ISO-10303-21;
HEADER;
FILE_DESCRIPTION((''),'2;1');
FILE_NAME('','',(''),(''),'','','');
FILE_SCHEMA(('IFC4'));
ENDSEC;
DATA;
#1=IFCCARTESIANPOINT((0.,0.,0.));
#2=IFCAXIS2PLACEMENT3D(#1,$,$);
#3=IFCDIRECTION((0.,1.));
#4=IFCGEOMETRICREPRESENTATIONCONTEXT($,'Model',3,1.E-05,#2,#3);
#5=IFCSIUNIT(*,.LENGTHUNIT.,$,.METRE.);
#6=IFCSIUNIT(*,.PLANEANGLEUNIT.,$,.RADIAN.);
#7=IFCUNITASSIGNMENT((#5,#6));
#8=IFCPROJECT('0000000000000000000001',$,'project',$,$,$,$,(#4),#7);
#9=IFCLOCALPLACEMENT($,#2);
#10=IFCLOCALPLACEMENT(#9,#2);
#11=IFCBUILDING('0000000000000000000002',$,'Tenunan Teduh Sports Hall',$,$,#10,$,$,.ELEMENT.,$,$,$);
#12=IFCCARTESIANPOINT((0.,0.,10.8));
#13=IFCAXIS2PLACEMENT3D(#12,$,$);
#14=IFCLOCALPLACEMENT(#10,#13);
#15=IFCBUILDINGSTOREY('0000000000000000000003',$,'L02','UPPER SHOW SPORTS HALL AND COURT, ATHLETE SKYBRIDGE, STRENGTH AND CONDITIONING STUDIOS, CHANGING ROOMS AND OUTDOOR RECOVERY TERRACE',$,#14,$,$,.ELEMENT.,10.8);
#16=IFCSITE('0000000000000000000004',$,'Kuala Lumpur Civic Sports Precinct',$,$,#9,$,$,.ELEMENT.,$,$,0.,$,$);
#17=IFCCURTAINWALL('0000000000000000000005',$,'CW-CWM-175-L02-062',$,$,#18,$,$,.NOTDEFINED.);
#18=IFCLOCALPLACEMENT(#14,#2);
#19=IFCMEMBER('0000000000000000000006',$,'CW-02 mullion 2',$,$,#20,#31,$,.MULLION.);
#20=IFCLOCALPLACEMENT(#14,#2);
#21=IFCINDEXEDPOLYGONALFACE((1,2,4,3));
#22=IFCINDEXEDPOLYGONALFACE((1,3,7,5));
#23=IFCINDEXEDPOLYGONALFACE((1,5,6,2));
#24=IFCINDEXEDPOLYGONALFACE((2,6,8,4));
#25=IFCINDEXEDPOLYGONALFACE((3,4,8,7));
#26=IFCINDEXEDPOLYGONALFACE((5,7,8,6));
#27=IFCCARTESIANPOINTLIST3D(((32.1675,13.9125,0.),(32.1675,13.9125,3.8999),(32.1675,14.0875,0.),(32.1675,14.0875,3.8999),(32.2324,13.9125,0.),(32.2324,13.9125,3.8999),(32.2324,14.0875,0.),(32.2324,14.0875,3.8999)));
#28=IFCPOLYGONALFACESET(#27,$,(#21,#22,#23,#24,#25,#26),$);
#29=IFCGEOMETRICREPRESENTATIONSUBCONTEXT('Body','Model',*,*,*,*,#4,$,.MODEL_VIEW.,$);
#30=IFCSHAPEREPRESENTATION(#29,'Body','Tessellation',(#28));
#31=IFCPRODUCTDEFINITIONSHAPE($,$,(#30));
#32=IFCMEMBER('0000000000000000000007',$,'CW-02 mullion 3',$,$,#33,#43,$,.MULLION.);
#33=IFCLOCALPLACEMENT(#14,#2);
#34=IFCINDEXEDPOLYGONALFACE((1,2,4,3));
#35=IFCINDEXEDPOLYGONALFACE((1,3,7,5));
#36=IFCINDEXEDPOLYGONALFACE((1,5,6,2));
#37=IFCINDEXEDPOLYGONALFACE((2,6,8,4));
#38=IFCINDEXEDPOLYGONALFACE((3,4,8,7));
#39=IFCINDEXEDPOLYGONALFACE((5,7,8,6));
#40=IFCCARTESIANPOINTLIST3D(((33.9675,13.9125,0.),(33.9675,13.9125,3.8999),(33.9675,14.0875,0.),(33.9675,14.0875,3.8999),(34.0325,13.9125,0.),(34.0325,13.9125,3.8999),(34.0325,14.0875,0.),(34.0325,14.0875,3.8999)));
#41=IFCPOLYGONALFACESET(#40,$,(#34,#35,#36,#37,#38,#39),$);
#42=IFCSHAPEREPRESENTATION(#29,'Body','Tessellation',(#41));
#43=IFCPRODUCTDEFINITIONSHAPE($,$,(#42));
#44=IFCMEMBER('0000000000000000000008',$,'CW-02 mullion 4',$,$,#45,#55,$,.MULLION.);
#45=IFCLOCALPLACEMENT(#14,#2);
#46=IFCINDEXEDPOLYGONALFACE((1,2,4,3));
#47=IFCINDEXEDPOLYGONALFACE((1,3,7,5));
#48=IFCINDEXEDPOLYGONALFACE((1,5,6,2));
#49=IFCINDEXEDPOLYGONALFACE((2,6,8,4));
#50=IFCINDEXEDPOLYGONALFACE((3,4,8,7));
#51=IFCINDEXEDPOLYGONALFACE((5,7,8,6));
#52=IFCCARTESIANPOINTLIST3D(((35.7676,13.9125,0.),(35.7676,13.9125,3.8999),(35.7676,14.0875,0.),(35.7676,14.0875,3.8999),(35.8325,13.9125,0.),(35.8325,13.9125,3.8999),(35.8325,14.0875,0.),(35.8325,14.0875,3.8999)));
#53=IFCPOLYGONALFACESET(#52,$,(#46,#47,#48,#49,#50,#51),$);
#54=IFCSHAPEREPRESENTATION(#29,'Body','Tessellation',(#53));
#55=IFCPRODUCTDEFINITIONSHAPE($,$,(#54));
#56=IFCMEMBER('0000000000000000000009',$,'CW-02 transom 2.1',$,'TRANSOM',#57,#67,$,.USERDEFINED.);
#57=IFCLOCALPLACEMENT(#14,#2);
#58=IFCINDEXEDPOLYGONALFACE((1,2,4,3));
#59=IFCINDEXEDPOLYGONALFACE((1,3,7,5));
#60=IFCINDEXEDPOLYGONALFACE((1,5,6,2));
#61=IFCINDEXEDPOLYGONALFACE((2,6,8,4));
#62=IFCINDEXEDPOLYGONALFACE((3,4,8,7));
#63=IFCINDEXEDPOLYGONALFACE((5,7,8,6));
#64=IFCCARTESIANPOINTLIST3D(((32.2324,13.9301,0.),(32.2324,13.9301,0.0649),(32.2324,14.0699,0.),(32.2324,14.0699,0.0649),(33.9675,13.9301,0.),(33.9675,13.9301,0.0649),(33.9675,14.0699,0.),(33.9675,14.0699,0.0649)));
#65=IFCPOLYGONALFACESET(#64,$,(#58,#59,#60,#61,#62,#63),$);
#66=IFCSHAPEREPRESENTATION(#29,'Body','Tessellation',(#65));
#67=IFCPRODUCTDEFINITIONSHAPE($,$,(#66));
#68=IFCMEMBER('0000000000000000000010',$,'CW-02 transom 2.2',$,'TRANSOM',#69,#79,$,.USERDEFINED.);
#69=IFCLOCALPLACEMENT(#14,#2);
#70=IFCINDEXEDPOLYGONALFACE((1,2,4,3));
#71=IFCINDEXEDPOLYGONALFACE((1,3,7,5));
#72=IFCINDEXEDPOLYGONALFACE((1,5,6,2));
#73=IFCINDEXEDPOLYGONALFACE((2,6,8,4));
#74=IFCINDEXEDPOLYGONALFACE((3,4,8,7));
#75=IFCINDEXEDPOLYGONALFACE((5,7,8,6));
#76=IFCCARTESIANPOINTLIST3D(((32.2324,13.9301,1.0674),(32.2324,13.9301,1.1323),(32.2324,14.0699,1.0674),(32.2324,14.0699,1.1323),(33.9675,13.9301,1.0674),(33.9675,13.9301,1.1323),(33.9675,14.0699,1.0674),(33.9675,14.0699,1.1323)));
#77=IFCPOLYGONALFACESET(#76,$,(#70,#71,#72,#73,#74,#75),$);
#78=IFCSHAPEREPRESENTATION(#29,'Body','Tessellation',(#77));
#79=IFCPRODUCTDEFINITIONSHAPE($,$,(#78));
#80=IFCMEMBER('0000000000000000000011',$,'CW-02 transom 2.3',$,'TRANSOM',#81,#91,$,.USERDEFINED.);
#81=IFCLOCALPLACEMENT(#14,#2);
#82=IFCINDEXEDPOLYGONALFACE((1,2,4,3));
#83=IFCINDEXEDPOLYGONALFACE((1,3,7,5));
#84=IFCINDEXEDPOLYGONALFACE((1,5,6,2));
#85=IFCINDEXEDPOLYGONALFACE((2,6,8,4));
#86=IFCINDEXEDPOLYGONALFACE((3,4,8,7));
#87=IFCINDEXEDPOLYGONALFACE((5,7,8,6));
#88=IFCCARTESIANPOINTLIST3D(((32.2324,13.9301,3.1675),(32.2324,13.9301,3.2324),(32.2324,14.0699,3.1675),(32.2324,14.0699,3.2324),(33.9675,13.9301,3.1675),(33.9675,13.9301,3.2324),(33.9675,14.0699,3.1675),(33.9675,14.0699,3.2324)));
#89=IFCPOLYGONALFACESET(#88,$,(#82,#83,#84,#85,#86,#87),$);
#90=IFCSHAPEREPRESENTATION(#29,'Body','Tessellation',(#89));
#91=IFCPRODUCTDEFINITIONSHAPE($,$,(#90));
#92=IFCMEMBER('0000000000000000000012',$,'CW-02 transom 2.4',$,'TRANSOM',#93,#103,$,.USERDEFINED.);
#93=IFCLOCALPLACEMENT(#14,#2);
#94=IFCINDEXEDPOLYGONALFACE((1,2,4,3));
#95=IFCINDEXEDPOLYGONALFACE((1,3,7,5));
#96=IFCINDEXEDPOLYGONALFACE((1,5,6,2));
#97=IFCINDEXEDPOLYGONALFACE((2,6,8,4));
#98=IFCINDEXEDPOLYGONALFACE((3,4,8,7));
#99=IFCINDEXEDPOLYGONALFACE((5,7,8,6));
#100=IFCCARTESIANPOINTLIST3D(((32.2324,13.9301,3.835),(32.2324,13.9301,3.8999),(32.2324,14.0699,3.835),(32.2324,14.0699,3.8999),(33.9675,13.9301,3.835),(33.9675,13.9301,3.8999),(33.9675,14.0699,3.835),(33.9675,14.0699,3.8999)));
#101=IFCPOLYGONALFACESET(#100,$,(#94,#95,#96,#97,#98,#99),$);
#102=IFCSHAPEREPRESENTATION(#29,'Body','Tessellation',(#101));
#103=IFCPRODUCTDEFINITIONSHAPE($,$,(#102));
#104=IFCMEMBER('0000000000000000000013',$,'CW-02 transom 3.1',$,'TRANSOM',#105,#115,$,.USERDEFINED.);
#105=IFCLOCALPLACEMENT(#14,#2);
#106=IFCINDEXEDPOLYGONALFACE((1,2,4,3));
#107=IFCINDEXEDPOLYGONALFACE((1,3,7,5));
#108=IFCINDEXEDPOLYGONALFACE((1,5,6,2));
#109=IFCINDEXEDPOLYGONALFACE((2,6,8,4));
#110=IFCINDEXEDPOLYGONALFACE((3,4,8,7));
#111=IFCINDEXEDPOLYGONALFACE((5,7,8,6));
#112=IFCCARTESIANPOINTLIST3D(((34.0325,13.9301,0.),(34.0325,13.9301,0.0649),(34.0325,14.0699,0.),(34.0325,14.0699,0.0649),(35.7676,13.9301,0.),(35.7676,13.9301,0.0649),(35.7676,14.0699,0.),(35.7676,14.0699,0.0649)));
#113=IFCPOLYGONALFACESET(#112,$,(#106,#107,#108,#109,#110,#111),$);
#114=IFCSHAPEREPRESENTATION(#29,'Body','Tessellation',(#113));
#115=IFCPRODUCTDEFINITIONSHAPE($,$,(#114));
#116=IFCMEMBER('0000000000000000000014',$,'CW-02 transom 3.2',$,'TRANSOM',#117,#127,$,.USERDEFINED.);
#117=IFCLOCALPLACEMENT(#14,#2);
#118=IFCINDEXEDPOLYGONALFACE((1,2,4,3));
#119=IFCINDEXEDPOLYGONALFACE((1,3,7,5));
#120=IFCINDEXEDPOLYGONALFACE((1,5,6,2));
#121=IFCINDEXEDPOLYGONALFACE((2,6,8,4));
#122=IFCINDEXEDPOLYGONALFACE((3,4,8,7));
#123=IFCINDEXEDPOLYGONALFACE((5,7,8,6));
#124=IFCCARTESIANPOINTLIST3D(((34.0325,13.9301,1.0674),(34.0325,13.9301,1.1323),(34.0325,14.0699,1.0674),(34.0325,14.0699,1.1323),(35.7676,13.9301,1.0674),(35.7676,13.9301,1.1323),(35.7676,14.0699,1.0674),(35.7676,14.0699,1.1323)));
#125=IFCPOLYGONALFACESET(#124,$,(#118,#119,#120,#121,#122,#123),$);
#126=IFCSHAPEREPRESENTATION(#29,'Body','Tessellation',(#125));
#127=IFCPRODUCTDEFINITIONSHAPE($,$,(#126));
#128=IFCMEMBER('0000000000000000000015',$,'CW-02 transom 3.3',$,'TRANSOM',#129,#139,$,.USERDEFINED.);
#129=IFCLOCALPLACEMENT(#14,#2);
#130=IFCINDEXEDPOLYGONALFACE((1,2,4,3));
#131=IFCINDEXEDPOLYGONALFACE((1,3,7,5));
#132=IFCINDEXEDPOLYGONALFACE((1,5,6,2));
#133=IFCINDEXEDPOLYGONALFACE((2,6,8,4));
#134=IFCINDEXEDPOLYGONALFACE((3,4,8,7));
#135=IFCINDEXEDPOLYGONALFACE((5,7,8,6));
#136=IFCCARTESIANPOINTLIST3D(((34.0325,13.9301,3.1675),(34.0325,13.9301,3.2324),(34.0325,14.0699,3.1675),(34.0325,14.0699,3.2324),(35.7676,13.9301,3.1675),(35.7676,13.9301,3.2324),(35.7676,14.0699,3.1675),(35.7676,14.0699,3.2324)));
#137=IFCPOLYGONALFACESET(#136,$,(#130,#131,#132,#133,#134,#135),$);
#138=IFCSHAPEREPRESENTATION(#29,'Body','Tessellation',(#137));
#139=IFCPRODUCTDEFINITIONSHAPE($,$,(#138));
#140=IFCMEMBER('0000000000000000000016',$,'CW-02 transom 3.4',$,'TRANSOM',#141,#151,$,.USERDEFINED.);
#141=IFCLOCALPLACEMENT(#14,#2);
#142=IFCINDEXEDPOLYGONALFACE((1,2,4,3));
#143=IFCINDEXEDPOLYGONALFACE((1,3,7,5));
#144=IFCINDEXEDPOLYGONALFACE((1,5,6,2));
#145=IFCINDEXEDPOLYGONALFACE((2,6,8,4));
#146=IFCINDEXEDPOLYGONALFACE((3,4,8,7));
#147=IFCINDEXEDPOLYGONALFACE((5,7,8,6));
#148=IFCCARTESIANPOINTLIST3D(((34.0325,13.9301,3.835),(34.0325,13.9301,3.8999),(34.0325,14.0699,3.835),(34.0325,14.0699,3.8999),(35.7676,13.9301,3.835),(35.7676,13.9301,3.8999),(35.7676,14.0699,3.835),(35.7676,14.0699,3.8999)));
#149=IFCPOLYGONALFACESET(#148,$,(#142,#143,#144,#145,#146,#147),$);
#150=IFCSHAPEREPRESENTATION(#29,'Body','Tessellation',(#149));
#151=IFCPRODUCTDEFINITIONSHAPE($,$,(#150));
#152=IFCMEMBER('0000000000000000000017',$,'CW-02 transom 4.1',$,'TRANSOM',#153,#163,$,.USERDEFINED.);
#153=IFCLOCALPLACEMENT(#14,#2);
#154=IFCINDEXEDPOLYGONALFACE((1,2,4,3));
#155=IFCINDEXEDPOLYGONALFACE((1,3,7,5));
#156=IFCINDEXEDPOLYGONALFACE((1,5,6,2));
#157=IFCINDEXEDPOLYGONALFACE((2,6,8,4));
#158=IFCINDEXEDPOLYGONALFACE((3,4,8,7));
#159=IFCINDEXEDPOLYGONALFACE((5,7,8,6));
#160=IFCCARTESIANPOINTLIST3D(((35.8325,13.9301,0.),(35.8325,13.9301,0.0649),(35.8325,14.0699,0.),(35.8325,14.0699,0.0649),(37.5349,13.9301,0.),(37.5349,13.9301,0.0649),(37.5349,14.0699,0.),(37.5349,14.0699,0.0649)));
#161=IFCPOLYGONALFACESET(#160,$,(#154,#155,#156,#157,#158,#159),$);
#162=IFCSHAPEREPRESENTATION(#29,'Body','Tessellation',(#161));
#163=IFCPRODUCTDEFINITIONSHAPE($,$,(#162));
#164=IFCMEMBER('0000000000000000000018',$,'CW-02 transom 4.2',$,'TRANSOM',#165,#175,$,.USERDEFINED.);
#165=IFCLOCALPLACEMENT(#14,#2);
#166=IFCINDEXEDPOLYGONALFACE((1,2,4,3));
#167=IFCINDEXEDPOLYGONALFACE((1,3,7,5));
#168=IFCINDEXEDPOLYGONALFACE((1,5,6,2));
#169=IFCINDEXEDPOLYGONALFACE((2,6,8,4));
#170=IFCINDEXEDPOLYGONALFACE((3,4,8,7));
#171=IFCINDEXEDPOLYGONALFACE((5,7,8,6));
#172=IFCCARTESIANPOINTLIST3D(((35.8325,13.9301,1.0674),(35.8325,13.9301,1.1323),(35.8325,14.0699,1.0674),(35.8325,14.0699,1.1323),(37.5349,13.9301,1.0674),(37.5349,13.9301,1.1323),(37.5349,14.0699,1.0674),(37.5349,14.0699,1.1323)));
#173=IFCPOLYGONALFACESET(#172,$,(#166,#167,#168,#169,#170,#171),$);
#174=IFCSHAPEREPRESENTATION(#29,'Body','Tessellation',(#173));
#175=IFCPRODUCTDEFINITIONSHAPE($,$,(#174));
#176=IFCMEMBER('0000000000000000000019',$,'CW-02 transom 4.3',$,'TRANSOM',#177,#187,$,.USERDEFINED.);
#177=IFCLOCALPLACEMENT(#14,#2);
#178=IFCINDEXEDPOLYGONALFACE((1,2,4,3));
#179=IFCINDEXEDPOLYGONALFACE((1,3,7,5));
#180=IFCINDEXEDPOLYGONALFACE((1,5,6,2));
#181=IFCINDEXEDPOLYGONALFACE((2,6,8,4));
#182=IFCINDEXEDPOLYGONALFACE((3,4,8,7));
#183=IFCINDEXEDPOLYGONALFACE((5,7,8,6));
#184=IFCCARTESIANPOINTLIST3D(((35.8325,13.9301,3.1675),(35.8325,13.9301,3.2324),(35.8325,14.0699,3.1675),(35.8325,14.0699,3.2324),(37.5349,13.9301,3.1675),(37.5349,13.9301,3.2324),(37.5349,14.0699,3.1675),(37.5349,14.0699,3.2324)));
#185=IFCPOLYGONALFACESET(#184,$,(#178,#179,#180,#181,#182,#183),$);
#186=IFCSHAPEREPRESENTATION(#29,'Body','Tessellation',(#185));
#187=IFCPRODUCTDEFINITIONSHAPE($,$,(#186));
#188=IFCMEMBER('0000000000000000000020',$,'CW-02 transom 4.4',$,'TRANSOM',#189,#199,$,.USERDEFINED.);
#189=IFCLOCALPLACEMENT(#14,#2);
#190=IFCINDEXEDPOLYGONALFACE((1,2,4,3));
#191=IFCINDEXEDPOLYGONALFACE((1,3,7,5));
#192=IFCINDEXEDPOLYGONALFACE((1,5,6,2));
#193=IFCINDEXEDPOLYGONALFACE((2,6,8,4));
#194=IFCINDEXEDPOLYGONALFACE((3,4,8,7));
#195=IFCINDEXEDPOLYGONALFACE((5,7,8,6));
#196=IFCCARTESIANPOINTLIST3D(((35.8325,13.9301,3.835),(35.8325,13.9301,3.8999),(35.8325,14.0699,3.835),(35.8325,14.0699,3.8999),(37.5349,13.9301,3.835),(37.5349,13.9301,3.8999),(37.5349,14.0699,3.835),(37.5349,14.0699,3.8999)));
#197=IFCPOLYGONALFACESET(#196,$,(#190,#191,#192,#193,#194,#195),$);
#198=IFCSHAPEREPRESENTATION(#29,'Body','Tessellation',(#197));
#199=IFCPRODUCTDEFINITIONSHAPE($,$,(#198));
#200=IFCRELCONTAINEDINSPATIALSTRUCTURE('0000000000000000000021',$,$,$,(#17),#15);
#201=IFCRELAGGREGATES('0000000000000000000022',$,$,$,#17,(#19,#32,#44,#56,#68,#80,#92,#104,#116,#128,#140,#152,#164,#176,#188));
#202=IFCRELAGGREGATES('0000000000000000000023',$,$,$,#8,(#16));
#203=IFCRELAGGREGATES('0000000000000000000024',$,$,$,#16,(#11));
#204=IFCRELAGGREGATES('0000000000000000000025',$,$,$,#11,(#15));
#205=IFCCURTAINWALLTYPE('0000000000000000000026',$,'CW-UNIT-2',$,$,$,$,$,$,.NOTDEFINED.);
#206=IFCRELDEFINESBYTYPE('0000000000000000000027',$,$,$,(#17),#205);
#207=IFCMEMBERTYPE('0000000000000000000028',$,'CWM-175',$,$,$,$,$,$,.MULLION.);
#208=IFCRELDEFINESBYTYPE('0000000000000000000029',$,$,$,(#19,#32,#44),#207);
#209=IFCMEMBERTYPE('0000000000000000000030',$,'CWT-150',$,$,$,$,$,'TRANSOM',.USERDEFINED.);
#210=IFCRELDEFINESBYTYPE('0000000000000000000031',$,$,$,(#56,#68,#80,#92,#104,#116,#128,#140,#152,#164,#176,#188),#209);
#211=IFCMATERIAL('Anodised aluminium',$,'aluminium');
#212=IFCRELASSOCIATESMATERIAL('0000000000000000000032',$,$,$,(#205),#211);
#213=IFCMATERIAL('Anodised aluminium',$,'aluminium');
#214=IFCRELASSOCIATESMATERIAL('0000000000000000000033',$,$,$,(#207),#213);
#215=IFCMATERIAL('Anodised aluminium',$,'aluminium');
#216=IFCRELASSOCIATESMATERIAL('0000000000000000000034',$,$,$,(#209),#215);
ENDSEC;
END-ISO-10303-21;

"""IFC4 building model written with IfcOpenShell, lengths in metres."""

from ifc_helpers import new_model, si_unit, direction, frame, origin, origin_2d, place, context, subcontext, project, spatial, rectangle, extrude, material, material_profile, profile_set, type_object, element, aggregate, save


model = new_model("IFC4")

# Units and contexts
model_context = context("Model", 3, precision=1e-05, world=origin(), true_north=direction((0.0, 1.0)))
body_context = subcontext(model_context, "Body", "Model", "MODEL_VIEW")
ifc_project = project(units=[si_unit("LENGTHUNIT", "METRE"), si_unit("PLANEANGLEUNIT", "RADIAN")], contexts=[model_context])

# Site, building, storey
site_placement = place(None, origin())
site = spatial("IfcSite", under=ifc_project, at=site_placement, Name="Kuala Lumpur Civic Sports Precinct", CompositionType="ELEMENT", RefElevation=0.0)
building_placement = place(site_placement, origin())
building = spatial("IfcBuilding", under=site, at=building_placement, Name="Tenunan Teduh Sports Hall", CompositionType="ELEMENT")
storey_placement = place(building_placement, frame((0.0, 0.0, 10.8)))
storey = spatial("IfcBuildingStorey", under=building, at=storey_placement, Name="L02", Description="UPPER SHOW SPORTS HALL AND COURT, ATHLETE SKYBRIDGE, STRENGTH AND CONDITIONING STUDIOS, CHANGING ROOMS AND OUTDOOR RECOVERY TERRACE", CompositionType="ELEMENT", Elevation=10.8)

# Curtain wall, members
ifc_material_1 = material(Name="Anodised aluminium", Category="aluminium")
curtain_wall_type = type_object("IfcCurtainWallType", Name="CW-UNIT-2", PredefinedType="NOTDEFINED", material=ifc_material_1)
curtain_wall_placement = place(storey_placement, origin())
curtain_wall = element("IfcCurtainWall", 1, at=curtain_wall_placement, inside=storey, type_object=curtain_wall_type, Name="CW-CWM-175-L02-062", PredefinedType="NOTDEFINED")
ifc_material_2 = material(Name="Anodised aluminium", Category="aluminium")
ifc_material_profile_1 = material_profile(ifc_material_2, rectangle(XDim=0.0649, YDim=0.175, at=origin_2d()), Name="CWM 65x175")
ifc_profile_set_1 = profile_set([ifc_material_profile_1], Name="Anodised aluminium")
member_type_1 = type_object("IfcMemberType", Name="CWM-175", PredefinedType="MULLION", material=ifc_profile_set_1)
member_1_placement = place(storey_placement, frame((32.2, 14.0, 0.0), z_axis=(0.0, 0.0, 1.0), x_axis=(1.0, 0.0, 0.0)))
member_1 = element("IfcMember", 2, at=member_1_placement, type_object=member_type_1, Name="CW-02 mullion 2", PredefinedType="MULLION", context=body_context, shape_type="SweptSolid", body=[
    extrude(rectangle(XDim=0.0649, YDim=0.175, at=origin_2d()), origin(), (0.0, 0.0, 1.0), 3.8999),
])
member_2_placement = place(storey_placement, frame((34.0, 14.0, 0.0), z_axis=(0.0, 0.0, 1.0), x_axis=(1.0, 0.0, 0.0)))
member_2 = element("IfcMember", 3, at=member_2_placement, type_object=member_type_1, Name="CW-02 mullion 3", PredefinedType="MULLION", context=body_context, shape_type="SweptSolid", body=[
    extrude(rectangle(XDim=0.0649, YDim=0.175, at=origin_2d()), origin(), (0.0, 0.0, 1.0), 3.8999),
])
member_3_placement = place(storey_placement, frame((35.8, 14.0, 0.0), z_axis=(0.0, 0.0, 1.0), x_axis=(1.0, 0.0, 0.0)))
member_3 = element("IfcMember", 4, at=member_3_placement, type_object=member_type_1, Name="CW-02 mullion 4", PredefinedType="MULLION", context=body_context, shape_type="SweptSolid", body=[
    extrude(rectangle(XDim=0.0649, YDim=0.175, at=origin_2d()), origin(), (0.0, 0.0, 1.0), 3.8999),
])
ifc_material_3 = material(Name="Anodised aluminium", Category="aluminium")
ifc_material_profile_2 = material_profile(ifc_material_3, rectangle(XDim=0.0649, YDim=0.1399, at=origin_2d()), Name="CWT 65x140")
ifc_profile_set_2 = profile_set([ifc_material_profile_2], Name="Anodised aluminium")
member_type_2 = type_object("IfcMemberType", Name="CWT-150", ElementType="TRANSOM", PredefinedType="USERDEFINED", material=ifc_profile_set_2)
member_4_placement = place(storey_placement, frame((32.2324, 14.0, 0.0325), z_axis=(1.0, 0.0, 0.0), x_axis=(0.0, 0.0, 1.0)))
member_4 = element("IfcMember", 5, at=member_4_placement, type_object=member_type_2, Name="CW-02 transom 2.1", ObjectType="TRANSOM", PredefinedType="USERDEFINED", context=body_context, shape_type="SweptSolid", body=[
    extrude(rectangle(XDim=0.0649, YDim=0.1399, at=origin_2d()), origin(), (0.0, 0.0, 1.0), 1.7351),
])
member_5_placement = place(storey_placement, frame((32.2324, 14.0, 1.0999), z_axis=(1.0, 0.0, 0.0), x_axis=(0.0, 0.0, 1.0)))
member_5 = element("IfcMember", 6, at=member_5_placement, type_object=member_type_2, Name="CW-02 transom 2.2", ObjectType="TRANSOM", PredefinedType="USERDEFINED", context=body_context, shape_type="SweptSolid", body=[
    extrude(rectangle(XDim=0.0649, YDim=0.1399, at=origin_2d()), origin(), (0.0, 0.0, 1.0), 1.7351),
])
member_6_placement = place(storey_placement, frame((32.2324, 14.0, 3.2), z_axis=(1.0, 0.0, 0.0), x_axis=(0.0, 0.0, 1.0)))
member_6 = element("IfcMember", 7, at=member_6_placement, type_object=member_type_2, Name="CW-02 transom 2.3", ObjectType="TRANSOM", PredefinedType="USERDEFINED", context=body_context, shape_type="SweptSolid", body=[
    extrude(rectangle(XDim=0.0649, YDim=0.1399, at=origin_2d()), origin(), (0.0, 0.0, 1.0), 1.7351),
])
member_7_placement = place(storey_placement, frame((32.2324, 14.0, 3.8674), z_axis=(1.0, 0.0, 0.0), x_axis=(0.0, 0.0, 1.0)))
member_7 = element("IfcMember", 8, at=member_7_placement, type_object=member_type_2, Name="CW-02 transom 2.4", ObjectType="TRANSOM", PredefinedType="USERDEFINED", context=body_context, shape_type="SweptSolid", body=[
    extrude(rectangle(XDim=0.0649, YDim=0.1399, at=origin_2d()), origin(), (0.0, 0.0, 1.0), 1.7351),
])
member_8_placement = place(storey_placement, frame((34.0325, 14.0, 0.0325), z_axis=(1.0, 0.0, 0.0), x_axis=(0.0, 0.0, 1.0)))
member_8 = element("IfcMember", 9, at=member_8_placement, type_object=member_type_2, Name="CW-02 transom 3.1", ObjectType="TRANSOM", PredefinedType="USERDEFINED", context=body_context, shape_type="SweptSolid", body=[
    extrude(rectangle(XDim=0.0649, YDim=0.1399, at=origin_2d()), origin(), (0.0, 0.0, 1.0), 1.7351),
])
member_9_placement = place(storey_placement, frame((34.0325, 14.0, 1.0999), z_axis=(1.0, 0.0, 0.0), x_axis=(0.0, 0.0, 1.0)))
member_9 = element("IfcMember", 10, at=member_9_placement, type_object=member_type_2, Name="CW-02 transom 3.2", ObjectType="TRANSOM", PredefinedType="USERDEFINED", context=body_context, shape_type="SweptSolid", body=[
    extrude(rectangle(XDim=0.0649, YDim=0.1399, at=origin_2d()), origin(), (0.0, 0.0, 1.0), 1.7351),
])
member_10_placement = place(storey_placement, frame((34.0325, 14.0, 3.2), z_axis=(1.0, 0.0, 0.0), x_axis=(0.0, 0.0, 1.0)))
member_10 = element("IfcMember", 11, at=member_10_placement, type_object=member_type_2, Name="CW-02 transom 3.3", ObjectType="TRANSOM", PredefinedType="USERDEFINED", context=body_context, shape_type="SweptSolid", body=[
    extrude(rectangle(XDim=0.0649, YDim=0.1399, at=origin_2d()), origin(), (0.0, 0.0, 1.0), 1.7351),
])
member_11_placement = place(storey_placement, frame((34.0325, 14.0, 3.8674), z_axis=(1.0, 0.0, 0.0), x_axis=(0.0, 0.0, 1.0)))
member_11 = element("IfcMember", 12, at=member_11_placement, type_object=member_type_2, Name="CW-02 transom 3.4", ObjectType="TRANSOM", PredefinedType="USERDEFINED", context=body_context, shape_type="SweptSolid", body=[
    extrude(rectangle(XDim=0.0649, YDim=0.1399, at=origin_2d()), origin(), (0.0, 0.0, 1.0), 1.7351),
])
member_12_placement = place(storey_placement, frame((35.8325, 14.0, 0.0325), z_axis=(1.0, 0.0, 0.0), x_axis=(0.0, 0.0, 1.0)))
member_12 = element("IfcMember", 13, at=member_12_placement, type_object=member_type_2, Name="CW-02 transom 4.1", ObjectType="TRANSOM", PredefinedType="USERDEFINED", context=body_context, shape_type="SweptSolid", body=[
    extrude(rectangle(XDim=0.0649, YDim=0.1399, at=origin_2d()), origin(), (0.0, 0.0, 1.0), 1.7024),
])
member_13_placement = place(storey_placement, frame((35.8325, 14.0, 1.0999), z_axis=(1.0, 0.0, 0.0), x_axis=(0.0, 0.0, 1.0)))
member_13 = element("IfcMember", 14, at=member_13_placement, type_object=member_type_2, Name="CW-02 transom 4.2", ObjectType="TRANSOM", PredefinedType="USERDEFINED", context=body_context, shape_type="SweptSolid", body=[
    extrude(rectangle(XDim=0.0649, YDim=0.1399, at=origin_2d()), origin(), (0.0, 0.0, 1.0), 1.7024),
])
member_14_placement = place(storey_placement, frame((35.8325, 14.0, 3.2), z_axis=(1.0, 0.0, 0.0), x_axis=(0.0, 0.0, 1.0)))
member_14 = element("IfcMember", 15, at=member_14_placement, type_object=member_type_2, Name="CW-02 transom 4.3", ObjectType="TRANSOM", PredefinedType="USERDEFINED", context=body_context, shape_type="SweptSolid", body=[
    extrude(rectangle(XDim=0.0649, YDim=0.1399, at=origin_2d()), origin(), (0.0, 0.0, 1.0), 1.7024),
])
member_15_placement = place(storey_placement, frame((35.8325, 14.0, 3.8674), z_axis=(1.0, 0.0, 0.0), x_axis=(0.0, 0.0, 1.0)))
member_15 = element("IfcMember", 16, at=member_15_placement, type_object=member_type_2, Name="CW-02 transom 4.4", ObjectType="TRANSOM", PredefinedType="USERDEFINED", context=body_context, shape_type="SweptSolid", body=[
    extrude(rectangle(XDim=0.0649, YDim=0.1399, at=origin_2d()), origin(), (0.0, 0.0, 1.0), 1.7024),
])

aggregate(curtain_wall, [member_1, member_2, member_3, member_4, member_5, member_6, member_7, member_8, member_9, member_10, member_11, member_12, member_13, member_14, member_15])

save(model, "model.ifc")
